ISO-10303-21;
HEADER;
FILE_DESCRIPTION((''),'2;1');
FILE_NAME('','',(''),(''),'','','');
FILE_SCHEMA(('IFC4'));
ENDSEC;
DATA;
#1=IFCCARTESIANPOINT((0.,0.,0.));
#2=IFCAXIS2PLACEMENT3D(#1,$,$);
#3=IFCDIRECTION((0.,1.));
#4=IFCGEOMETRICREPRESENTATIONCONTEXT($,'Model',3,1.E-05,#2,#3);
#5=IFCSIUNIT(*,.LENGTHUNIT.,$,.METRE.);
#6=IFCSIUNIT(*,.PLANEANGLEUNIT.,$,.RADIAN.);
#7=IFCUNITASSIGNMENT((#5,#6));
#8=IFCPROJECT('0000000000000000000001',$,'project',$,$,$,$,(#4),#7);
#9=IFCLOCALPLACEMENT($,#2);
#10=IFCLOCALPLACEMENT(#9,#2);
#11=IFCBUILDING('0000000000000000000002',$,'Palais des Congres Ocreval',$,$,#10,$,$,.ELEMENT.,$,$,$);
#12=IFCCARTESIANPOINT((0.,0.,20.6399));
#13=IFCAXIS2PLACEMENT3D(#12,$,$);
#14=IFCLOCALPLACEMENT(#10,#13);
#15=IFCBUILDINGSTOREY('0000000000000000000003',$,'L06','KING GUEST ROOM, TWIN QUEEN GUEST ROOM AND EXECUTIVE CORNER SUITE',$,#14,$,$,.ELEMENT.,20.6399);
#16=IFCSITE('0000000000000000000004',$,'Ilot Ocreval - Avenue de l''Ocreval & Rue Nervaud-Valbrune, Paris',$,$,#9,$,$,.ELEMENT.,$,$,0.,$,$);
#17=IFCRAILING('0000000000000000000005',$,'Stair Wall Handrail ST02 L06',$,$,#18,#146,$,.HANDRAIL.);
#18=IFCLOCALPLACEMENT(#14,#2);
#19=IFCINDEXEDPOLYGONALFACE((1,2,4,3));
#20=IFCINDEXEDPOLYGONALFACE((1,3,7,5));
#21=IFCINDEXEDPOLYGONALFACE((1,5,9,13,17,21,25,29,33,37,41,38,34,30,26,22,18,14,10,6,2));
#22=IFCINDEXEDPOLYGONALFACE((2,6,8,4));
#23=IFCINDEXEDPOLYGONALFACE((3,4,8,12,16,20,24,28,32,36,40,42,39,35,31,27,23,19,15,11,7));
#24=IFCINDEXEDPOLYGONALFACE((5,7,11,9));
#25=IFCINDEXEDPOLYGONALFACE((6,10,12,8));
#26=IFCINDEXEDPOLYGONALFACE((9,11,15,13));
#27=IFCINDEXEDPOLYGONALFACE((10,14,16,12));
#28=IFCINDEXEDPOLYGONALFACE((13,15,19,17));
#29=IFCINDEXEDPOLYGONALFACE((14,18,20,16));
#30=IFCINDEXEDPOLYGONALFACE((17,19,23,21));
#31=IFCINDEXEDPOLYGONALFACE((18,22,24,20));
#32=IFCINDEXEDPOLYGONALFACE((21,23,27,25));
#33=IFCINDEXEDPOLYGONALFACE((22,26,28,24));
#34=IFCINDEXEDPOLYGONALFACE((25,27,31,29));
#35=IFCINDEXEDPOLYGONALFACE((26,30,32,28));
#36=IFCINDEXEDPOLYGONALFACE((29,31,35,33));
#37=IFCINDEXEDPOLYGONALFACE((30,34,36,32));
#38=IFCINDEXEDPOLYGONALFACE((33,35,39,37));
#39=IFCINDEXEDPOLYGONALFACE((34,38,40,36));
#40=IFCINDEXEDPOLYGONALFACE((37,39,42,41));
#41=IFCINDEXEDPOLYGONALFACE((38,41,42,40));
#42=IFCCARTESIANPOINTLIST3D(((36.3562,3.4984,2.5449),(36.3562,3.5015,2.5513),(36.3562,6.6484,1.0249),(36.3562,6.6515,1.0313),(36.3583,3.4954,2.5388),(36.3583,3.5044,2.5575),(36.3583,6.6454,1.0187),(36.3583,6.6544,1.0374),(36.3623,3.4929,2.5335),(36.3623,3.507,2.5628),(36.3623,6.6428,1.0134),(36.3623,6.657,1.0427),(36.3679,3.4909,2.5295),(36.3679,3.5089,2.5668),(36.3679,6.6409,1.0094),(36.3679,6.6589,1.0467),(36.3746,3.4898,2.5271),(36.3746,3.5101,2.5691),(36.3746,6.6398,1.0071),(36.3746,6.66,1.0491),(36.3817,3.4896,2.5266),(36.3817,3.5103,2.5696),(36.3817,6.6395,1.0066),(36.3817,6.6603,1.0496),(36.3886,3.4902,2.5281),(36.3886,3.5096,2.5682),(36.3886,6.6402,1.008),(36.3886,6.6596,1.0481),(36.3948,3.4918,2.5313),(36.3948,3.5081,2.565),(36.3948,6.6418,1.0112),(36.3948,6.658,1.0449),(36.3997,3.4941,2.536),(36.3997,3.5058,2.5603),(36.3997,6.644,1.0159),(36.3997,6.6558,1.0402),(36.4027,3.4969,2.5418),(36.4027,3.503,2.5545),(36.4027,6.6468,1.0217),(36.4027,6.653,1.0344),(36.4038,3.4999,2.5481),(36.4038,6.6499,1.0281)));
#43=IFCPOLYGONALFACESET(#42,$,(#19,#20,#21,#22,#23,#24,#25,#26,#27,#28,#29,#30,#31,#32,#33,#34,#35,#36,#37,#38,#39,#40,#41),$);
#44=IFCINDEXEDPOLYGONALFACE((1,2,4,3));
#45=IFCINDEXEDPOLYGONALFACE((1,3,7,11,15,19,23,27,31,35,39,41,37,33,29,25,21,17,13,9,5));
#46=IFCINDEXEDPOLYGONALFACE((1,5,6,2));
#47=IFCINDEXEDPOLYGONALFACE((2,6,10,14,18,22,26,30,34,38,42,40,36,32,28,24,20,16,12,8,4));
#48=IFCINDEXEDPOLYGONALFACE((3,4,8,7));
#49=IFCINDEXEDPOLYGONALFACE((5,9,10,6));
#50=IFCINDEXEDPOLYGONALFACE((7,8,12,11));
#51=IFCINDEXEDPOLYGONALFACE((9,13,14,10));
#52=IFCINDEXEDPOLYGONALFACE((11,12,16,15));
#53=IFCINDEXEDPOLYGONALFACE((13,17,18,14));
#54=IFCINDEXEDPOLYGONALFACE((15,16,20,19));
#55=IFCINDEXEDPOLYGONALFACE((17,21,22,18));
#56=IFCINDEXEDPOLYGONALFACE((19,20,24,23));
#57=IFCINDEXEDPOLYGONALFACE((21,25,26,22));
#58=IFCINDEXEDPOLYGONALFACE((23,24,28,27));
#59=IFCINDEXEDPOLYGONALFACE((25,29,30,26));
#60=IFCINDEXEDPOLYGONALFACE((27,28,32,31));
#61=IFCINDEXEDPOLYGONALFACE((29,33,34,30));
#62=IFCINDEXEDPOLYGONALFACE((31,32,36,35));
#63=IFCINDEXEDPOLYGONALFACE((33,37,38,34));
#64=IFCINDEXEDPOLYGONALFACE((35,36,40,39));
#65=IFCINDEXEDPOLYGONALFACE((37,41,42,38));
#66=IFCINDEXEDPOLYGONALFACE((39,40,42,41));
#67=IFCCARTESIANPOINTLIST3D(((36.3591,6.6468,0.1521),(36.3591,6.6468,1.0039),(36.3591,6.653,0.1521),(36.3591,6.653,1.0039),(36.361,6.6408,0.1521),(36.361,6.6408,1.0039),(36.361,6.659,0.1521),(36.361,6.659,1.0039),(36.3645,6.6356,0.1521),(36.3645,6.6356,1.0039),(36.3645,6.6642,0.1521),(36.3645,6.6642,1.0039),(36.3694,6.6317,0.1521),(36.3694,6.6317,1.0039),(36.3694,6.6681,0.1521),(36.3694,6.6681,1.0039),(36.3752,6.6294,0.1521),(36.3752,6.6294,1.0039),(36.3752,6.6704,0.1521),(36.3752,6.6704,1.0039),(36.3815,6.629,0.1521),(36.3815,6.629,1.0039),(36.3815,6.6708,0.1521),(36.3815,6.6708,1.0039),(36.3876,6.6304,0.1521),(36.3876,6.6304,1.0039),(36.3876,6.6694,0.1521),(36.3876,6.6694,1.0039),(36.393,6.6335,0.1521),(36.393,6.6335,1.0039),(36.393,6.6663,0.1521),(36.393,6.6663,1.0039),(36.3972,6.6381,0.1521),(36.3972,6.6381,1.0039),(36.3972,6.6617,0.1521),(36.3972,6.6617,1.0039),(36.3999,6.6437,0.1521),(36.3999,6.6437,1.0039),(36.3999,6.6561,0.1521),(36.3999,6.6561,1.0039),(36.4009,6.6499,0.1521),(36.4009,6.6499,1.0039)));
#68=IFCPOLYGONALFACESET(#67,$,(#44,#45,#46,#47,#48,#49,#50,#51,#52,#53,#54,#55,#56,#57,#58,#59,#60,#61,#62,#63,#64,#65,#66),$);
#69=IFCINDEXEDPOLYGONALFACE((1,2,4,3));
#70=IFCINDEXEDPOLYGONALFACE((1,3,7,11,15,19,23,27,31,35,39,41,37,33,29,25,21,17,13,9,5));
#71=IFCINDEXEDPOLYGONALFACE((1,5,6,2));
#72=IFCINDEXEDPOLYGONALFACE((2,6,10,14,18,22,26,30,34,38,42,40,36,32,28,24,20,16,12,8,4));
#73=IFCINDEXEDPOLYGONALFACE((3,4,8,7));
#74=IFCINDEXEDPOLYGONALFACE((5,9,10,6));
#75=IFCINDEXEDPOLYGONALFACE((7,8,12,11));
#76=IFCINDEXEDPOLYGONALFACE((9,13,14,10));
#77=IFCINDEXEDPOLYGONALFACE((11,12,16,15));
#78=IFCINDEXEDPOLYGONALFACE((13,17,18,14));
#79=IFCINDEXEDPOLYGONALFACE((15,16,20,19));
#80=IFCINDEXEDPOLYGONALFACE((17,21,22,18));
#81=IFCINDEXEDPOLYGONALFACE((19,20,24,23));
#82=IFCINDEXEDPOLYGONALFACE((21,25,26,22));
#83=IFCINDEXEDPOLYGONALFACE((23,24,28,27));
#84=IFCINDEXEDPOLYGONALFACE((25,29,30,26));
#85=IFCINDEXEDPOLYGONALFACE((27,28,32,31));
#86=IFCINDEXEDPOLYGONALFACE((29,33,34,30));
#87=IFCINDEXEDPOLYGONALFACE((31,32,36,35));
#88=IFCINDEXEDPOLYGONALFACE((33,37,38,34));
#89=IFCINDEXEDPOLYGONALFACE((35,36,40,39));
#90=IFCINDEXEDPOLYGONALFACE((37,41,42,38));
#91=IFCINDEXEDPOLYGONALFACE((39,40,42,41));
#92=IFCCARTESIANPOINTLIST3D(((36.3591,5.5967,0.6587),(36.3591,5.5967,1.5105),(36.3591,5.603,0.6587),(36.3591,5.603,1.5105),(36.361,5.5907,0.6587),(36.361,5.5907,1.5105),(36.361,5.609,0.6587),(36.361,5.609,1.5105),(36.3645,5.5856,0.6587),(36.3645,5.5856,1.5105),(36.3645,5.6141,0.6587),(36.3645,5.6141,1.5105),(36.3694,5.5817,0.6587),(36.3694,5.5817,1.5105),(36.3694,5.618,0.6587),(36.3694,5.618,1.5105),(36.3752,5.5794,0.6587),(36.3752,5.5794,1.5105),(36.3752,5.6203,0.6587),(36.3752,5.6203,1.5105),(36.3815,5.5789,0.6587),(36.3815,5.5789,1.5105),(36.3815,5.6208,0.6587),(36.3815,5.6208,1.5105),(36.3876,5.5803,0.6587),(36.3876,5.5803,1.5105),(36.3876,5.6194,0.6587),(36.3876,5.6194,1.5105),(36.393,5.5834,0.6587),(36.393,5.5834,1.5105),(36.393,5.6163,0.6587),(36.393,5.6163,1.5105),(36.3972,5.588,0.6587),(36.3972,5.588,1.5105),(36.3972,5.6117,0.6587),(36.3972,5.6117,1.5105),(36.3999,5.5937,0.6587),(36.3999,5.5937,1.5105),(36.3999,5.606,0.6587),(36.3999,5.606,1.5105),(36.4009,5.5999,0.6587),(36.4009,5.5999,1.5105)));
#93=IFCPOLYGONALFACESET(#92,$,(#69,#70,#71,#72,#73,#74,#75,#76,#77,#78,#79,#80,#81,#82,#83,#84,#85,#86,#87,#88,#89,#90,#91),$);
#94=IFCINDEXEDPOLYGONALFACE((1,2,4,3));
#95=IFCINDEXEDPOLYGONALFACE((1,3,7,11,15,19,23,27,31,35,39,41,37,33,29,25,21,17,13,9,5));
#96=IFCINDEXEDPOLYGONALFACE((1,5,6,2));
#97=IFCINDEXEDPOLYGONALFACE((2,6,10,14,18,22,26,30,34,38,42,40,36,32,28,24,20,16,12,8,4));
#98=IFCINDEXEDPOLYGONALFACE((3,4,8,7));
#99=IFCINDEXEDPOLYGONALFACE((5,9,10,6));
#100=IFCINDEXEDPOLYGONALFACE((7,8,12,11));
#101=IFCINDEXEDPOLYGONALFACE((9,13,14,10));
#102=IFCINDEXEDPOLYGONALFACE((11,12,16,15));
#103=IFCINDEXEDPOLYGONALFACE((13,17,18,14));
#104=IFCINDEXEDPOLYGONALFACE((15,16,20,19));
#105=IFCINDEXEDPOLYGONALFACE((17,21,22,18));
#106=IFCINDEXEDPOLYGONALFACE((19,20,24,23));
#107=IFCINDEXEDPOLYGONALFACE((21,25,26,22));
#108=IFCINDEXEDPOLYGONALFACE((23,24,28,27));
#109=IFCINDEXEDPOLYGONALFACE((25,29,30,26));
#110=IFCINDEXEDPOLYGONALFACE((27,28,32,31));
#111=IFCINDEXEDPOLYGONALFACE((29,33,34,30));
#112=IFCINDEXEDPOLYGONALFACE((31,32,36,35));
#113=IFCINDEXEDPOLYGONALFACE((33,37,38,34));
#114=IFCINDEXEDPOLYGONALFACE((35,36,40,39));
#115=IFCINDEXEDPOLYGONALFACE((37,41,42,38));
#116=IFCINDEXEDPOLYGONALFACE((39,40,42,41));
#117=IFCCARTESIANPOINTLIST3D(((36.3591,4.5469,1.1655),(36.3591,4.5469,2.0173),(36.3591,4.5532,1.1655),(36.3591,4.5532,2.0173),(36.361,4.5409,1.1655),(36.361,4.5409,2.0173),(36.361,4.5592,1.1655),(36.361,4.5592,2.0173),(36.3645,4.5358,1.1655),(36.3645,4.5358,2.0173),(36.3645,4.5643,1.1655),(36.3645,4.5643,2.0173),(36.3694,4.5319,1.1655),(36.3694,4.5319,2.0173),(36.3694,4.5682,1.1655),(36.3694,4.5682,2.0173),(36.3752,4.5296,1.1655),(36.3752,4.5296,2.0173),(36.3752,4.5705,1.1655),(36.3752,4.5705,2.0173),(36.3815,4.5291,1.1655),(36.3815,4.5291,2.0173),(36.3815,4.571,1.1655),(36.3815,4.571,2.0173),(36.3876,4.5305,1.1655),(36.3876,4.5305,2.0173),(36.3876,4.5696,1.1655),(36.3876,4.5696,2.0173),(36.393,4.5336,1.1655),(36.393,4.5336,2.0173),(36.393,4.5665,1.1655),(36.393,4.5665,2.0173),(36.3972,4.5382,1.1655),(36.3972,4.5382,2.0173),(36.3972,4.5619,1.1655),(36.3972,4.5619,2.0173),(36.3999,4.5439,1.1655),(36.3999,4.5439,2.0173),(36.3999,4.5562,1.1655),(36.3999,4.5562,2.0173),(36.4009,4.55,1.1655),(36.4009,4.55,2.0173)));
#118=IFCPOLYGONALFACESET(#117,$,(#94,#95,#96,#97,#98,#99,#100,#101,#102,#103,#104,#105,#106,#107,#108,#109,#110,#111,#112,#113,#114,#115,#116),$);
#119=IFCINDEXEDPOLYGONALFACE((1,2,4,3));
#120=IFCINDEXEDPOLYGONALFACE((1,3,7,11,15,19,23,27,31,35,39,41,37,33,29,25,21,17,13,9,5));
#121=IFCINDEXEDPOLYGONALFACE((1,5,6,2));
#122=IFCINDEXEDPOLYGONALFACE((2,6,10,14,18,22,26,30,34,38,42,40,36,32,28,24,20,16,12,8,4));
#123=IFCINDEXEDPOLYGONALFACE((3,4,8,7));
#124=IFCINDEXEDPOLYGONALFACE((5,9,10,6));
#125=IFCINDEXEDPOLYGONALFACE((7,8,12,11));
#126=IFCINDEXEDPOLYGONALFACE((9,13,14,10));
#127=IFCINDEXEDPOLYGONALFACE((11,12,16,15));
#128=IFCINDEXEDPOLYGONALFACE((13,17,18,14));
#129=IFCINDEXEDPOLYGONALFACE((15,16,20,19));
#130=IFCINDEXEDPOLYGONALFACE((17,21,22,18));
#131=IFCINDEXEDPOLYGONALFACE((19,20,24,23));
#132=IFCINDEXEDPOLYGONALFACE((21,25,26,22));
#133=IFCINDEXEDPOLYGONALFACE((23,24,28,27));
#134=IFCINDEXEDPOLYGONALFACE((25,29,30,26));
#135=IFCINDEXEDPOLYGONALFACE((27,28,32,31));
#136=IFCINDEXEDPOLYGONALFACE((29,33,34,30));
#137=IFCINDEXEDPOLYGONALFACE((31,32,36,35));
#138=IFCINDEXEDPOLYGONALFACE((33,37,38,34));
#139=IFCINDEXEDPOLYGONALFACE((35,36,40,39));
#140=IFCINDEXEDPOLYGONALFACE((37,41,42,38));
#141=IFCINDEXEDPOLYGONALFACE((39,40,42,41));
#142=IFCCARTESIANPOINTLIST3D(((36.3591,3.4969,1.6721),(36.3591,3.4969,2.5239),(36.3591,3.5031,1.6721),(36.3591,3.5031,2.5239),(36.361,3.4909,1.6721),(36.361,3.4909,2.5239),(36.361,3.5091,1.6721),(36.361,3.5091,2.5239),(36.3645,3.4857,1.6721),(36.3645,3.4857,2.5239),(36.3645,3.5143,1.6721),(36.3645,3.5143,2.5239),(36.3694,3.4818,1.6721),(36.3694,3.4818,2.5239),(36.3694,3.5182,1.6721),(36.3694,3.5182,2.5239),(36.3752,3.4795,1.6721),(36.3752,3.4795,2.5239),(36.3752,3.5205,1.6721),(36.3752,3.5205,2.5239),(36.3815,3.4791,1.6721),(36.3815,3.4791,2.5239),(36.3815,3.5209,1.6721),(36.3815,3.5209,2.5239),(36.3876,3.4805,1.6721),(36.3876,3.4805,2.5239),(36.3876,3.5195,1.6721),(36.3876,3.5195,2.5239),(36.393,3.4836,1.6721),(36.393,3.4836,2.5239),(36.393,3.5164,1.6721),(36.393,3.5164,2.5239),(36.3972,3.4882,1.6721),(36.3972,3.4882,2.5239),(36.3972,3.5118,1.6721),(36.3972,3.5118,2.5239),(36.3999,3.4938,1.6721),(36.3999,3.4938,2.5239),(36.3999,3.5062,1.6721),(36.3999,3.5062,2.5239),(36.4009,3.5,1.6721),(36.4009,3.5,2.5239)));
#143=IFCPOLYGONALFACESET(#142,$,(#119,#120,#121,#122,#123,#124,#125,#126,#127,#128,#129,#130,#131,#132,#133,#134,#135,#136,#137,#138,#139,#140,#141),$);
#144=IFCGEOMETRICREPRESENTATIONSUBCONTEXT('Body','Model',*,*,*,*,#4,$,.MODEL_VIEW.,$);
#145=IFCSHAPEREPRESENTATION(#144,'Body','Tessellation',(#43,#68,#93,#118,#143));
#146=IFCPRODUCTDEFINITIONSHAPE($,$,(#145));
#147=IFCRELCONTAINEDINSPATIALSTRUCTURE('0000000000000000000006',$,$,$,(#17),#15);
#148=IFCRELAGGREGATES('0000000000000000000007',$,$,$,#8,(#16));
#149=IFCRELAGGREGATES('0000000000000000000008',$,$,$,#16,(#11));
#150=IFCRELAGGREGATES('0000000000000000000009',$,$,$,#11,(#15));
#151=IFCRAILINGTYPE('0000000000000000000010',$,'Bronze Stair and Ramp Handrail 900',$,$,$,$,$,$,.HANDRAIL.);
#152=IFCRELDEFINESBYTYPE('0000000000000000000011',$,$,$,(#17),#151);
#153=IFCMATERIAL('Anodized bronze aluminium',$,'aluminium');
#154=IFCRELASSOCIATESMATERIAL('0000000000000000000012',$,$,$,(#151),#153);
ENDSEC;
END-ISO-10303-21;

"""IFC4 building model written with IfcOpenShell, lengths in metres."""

from ifc_helpers import new_model, si_unit, direction, frame, origin, origin_2d, place, context, subcontext, project, spatial, circle, extrude, material, type_object, element, save


model = new_model("IFC4")

# Units and contexts
model_context = context("Model", 3, precision=1e-05, world=origin(), true_north=direction((0.0, 1.0)))
body_context = subcontext(model_context, "Body", "Model", "MODEL_VIEW")
ifc_project = project(units=[si_unit("LENGTHUNIT", "METRE"), si_unit("PLANEANGLEUNIT", "RADIAN")], contexts=[model_context])

# Site, building, storey
site_placement = place(None, origin())
site = spatial("IfcSite", under=ifc_project, at=site_placement, Name="Ilot Ocreval - Avenue de l'Ocreval & Rue Nervaud-Valbrune, Paris", CompositionType="ELEMENT", RefElevation=0.0)
building_placement = place(site_placement, origin())
building = spatial("IfcBuilding", under=site, at=building_placement, Name="Palais des Congres Ocreval", CompositionType="ELEMENT")
storey_placement = place(building_placement, frame((0.0, 0.0, 20.6399)))
storey = spatial("IfcBuildingStorey", under=building, at=storey_placement, Name="L06", Description="KING GUEST ROOM, TWIN QUEEN GUEST ROOM AND EXECUTIVE CORNER SUITE", CompositionType="ELEMENT", Elevation=20.6399)

# Railing
ifc_material_1 = material(Name="Anodized bronze aluminium", Category="aluminium")
railing_type_1 = type_object("IfcRailingType", Name="Bronze Stair and Ramp Handrail 900", PredefinedType="HANDRAIL", material=ifc_material_1)
railing_1_placement = place(storey_placement, frame((36.3799, 6.6499, 0.1521)))
element("IfcRailing", 1, at=railing_1_placement, inside=storey, type_object=railing_type_1, Name="Stair Wall Handrail ST02 L06", PredefinedType="HANDRAIL", context=body_context, shape_type="SweptSolid", body=[
    extrude(circle(Radius=0.0239, at=origin_2d()), frame((0.0, 0.0, 0.876), z_axis=(0.0, -0.900621, 0.434605), x_axis=(1.0, 0.0, 0.0)), (0.0, 0.0, 1.0), 3.4976),
    extrude(circle(Radius=0.021, at=origin_2d()), origin(), (0.0, 0.0, 1.0), 0.8518),
    extrude(circle(Radius=0.021, at=origin_2d()), frame((0.0, -1.05, 0.5066)), (0.0, 0.0, 1.0), 0.8518),
    extrude(circle(Radius=0.021, at=origin_2d()), frame((0.0, -2.0999, 1.0134)), (0.0, 0.0, 1.0), 0.8518),
    extrude(circle(Radius=0.021, at=origin_2d()), frame((0.0, -3.1499, 1.52)), (0.0, 0.0, 1.0), 0.8518),
])

save(model, "model.ifc")
